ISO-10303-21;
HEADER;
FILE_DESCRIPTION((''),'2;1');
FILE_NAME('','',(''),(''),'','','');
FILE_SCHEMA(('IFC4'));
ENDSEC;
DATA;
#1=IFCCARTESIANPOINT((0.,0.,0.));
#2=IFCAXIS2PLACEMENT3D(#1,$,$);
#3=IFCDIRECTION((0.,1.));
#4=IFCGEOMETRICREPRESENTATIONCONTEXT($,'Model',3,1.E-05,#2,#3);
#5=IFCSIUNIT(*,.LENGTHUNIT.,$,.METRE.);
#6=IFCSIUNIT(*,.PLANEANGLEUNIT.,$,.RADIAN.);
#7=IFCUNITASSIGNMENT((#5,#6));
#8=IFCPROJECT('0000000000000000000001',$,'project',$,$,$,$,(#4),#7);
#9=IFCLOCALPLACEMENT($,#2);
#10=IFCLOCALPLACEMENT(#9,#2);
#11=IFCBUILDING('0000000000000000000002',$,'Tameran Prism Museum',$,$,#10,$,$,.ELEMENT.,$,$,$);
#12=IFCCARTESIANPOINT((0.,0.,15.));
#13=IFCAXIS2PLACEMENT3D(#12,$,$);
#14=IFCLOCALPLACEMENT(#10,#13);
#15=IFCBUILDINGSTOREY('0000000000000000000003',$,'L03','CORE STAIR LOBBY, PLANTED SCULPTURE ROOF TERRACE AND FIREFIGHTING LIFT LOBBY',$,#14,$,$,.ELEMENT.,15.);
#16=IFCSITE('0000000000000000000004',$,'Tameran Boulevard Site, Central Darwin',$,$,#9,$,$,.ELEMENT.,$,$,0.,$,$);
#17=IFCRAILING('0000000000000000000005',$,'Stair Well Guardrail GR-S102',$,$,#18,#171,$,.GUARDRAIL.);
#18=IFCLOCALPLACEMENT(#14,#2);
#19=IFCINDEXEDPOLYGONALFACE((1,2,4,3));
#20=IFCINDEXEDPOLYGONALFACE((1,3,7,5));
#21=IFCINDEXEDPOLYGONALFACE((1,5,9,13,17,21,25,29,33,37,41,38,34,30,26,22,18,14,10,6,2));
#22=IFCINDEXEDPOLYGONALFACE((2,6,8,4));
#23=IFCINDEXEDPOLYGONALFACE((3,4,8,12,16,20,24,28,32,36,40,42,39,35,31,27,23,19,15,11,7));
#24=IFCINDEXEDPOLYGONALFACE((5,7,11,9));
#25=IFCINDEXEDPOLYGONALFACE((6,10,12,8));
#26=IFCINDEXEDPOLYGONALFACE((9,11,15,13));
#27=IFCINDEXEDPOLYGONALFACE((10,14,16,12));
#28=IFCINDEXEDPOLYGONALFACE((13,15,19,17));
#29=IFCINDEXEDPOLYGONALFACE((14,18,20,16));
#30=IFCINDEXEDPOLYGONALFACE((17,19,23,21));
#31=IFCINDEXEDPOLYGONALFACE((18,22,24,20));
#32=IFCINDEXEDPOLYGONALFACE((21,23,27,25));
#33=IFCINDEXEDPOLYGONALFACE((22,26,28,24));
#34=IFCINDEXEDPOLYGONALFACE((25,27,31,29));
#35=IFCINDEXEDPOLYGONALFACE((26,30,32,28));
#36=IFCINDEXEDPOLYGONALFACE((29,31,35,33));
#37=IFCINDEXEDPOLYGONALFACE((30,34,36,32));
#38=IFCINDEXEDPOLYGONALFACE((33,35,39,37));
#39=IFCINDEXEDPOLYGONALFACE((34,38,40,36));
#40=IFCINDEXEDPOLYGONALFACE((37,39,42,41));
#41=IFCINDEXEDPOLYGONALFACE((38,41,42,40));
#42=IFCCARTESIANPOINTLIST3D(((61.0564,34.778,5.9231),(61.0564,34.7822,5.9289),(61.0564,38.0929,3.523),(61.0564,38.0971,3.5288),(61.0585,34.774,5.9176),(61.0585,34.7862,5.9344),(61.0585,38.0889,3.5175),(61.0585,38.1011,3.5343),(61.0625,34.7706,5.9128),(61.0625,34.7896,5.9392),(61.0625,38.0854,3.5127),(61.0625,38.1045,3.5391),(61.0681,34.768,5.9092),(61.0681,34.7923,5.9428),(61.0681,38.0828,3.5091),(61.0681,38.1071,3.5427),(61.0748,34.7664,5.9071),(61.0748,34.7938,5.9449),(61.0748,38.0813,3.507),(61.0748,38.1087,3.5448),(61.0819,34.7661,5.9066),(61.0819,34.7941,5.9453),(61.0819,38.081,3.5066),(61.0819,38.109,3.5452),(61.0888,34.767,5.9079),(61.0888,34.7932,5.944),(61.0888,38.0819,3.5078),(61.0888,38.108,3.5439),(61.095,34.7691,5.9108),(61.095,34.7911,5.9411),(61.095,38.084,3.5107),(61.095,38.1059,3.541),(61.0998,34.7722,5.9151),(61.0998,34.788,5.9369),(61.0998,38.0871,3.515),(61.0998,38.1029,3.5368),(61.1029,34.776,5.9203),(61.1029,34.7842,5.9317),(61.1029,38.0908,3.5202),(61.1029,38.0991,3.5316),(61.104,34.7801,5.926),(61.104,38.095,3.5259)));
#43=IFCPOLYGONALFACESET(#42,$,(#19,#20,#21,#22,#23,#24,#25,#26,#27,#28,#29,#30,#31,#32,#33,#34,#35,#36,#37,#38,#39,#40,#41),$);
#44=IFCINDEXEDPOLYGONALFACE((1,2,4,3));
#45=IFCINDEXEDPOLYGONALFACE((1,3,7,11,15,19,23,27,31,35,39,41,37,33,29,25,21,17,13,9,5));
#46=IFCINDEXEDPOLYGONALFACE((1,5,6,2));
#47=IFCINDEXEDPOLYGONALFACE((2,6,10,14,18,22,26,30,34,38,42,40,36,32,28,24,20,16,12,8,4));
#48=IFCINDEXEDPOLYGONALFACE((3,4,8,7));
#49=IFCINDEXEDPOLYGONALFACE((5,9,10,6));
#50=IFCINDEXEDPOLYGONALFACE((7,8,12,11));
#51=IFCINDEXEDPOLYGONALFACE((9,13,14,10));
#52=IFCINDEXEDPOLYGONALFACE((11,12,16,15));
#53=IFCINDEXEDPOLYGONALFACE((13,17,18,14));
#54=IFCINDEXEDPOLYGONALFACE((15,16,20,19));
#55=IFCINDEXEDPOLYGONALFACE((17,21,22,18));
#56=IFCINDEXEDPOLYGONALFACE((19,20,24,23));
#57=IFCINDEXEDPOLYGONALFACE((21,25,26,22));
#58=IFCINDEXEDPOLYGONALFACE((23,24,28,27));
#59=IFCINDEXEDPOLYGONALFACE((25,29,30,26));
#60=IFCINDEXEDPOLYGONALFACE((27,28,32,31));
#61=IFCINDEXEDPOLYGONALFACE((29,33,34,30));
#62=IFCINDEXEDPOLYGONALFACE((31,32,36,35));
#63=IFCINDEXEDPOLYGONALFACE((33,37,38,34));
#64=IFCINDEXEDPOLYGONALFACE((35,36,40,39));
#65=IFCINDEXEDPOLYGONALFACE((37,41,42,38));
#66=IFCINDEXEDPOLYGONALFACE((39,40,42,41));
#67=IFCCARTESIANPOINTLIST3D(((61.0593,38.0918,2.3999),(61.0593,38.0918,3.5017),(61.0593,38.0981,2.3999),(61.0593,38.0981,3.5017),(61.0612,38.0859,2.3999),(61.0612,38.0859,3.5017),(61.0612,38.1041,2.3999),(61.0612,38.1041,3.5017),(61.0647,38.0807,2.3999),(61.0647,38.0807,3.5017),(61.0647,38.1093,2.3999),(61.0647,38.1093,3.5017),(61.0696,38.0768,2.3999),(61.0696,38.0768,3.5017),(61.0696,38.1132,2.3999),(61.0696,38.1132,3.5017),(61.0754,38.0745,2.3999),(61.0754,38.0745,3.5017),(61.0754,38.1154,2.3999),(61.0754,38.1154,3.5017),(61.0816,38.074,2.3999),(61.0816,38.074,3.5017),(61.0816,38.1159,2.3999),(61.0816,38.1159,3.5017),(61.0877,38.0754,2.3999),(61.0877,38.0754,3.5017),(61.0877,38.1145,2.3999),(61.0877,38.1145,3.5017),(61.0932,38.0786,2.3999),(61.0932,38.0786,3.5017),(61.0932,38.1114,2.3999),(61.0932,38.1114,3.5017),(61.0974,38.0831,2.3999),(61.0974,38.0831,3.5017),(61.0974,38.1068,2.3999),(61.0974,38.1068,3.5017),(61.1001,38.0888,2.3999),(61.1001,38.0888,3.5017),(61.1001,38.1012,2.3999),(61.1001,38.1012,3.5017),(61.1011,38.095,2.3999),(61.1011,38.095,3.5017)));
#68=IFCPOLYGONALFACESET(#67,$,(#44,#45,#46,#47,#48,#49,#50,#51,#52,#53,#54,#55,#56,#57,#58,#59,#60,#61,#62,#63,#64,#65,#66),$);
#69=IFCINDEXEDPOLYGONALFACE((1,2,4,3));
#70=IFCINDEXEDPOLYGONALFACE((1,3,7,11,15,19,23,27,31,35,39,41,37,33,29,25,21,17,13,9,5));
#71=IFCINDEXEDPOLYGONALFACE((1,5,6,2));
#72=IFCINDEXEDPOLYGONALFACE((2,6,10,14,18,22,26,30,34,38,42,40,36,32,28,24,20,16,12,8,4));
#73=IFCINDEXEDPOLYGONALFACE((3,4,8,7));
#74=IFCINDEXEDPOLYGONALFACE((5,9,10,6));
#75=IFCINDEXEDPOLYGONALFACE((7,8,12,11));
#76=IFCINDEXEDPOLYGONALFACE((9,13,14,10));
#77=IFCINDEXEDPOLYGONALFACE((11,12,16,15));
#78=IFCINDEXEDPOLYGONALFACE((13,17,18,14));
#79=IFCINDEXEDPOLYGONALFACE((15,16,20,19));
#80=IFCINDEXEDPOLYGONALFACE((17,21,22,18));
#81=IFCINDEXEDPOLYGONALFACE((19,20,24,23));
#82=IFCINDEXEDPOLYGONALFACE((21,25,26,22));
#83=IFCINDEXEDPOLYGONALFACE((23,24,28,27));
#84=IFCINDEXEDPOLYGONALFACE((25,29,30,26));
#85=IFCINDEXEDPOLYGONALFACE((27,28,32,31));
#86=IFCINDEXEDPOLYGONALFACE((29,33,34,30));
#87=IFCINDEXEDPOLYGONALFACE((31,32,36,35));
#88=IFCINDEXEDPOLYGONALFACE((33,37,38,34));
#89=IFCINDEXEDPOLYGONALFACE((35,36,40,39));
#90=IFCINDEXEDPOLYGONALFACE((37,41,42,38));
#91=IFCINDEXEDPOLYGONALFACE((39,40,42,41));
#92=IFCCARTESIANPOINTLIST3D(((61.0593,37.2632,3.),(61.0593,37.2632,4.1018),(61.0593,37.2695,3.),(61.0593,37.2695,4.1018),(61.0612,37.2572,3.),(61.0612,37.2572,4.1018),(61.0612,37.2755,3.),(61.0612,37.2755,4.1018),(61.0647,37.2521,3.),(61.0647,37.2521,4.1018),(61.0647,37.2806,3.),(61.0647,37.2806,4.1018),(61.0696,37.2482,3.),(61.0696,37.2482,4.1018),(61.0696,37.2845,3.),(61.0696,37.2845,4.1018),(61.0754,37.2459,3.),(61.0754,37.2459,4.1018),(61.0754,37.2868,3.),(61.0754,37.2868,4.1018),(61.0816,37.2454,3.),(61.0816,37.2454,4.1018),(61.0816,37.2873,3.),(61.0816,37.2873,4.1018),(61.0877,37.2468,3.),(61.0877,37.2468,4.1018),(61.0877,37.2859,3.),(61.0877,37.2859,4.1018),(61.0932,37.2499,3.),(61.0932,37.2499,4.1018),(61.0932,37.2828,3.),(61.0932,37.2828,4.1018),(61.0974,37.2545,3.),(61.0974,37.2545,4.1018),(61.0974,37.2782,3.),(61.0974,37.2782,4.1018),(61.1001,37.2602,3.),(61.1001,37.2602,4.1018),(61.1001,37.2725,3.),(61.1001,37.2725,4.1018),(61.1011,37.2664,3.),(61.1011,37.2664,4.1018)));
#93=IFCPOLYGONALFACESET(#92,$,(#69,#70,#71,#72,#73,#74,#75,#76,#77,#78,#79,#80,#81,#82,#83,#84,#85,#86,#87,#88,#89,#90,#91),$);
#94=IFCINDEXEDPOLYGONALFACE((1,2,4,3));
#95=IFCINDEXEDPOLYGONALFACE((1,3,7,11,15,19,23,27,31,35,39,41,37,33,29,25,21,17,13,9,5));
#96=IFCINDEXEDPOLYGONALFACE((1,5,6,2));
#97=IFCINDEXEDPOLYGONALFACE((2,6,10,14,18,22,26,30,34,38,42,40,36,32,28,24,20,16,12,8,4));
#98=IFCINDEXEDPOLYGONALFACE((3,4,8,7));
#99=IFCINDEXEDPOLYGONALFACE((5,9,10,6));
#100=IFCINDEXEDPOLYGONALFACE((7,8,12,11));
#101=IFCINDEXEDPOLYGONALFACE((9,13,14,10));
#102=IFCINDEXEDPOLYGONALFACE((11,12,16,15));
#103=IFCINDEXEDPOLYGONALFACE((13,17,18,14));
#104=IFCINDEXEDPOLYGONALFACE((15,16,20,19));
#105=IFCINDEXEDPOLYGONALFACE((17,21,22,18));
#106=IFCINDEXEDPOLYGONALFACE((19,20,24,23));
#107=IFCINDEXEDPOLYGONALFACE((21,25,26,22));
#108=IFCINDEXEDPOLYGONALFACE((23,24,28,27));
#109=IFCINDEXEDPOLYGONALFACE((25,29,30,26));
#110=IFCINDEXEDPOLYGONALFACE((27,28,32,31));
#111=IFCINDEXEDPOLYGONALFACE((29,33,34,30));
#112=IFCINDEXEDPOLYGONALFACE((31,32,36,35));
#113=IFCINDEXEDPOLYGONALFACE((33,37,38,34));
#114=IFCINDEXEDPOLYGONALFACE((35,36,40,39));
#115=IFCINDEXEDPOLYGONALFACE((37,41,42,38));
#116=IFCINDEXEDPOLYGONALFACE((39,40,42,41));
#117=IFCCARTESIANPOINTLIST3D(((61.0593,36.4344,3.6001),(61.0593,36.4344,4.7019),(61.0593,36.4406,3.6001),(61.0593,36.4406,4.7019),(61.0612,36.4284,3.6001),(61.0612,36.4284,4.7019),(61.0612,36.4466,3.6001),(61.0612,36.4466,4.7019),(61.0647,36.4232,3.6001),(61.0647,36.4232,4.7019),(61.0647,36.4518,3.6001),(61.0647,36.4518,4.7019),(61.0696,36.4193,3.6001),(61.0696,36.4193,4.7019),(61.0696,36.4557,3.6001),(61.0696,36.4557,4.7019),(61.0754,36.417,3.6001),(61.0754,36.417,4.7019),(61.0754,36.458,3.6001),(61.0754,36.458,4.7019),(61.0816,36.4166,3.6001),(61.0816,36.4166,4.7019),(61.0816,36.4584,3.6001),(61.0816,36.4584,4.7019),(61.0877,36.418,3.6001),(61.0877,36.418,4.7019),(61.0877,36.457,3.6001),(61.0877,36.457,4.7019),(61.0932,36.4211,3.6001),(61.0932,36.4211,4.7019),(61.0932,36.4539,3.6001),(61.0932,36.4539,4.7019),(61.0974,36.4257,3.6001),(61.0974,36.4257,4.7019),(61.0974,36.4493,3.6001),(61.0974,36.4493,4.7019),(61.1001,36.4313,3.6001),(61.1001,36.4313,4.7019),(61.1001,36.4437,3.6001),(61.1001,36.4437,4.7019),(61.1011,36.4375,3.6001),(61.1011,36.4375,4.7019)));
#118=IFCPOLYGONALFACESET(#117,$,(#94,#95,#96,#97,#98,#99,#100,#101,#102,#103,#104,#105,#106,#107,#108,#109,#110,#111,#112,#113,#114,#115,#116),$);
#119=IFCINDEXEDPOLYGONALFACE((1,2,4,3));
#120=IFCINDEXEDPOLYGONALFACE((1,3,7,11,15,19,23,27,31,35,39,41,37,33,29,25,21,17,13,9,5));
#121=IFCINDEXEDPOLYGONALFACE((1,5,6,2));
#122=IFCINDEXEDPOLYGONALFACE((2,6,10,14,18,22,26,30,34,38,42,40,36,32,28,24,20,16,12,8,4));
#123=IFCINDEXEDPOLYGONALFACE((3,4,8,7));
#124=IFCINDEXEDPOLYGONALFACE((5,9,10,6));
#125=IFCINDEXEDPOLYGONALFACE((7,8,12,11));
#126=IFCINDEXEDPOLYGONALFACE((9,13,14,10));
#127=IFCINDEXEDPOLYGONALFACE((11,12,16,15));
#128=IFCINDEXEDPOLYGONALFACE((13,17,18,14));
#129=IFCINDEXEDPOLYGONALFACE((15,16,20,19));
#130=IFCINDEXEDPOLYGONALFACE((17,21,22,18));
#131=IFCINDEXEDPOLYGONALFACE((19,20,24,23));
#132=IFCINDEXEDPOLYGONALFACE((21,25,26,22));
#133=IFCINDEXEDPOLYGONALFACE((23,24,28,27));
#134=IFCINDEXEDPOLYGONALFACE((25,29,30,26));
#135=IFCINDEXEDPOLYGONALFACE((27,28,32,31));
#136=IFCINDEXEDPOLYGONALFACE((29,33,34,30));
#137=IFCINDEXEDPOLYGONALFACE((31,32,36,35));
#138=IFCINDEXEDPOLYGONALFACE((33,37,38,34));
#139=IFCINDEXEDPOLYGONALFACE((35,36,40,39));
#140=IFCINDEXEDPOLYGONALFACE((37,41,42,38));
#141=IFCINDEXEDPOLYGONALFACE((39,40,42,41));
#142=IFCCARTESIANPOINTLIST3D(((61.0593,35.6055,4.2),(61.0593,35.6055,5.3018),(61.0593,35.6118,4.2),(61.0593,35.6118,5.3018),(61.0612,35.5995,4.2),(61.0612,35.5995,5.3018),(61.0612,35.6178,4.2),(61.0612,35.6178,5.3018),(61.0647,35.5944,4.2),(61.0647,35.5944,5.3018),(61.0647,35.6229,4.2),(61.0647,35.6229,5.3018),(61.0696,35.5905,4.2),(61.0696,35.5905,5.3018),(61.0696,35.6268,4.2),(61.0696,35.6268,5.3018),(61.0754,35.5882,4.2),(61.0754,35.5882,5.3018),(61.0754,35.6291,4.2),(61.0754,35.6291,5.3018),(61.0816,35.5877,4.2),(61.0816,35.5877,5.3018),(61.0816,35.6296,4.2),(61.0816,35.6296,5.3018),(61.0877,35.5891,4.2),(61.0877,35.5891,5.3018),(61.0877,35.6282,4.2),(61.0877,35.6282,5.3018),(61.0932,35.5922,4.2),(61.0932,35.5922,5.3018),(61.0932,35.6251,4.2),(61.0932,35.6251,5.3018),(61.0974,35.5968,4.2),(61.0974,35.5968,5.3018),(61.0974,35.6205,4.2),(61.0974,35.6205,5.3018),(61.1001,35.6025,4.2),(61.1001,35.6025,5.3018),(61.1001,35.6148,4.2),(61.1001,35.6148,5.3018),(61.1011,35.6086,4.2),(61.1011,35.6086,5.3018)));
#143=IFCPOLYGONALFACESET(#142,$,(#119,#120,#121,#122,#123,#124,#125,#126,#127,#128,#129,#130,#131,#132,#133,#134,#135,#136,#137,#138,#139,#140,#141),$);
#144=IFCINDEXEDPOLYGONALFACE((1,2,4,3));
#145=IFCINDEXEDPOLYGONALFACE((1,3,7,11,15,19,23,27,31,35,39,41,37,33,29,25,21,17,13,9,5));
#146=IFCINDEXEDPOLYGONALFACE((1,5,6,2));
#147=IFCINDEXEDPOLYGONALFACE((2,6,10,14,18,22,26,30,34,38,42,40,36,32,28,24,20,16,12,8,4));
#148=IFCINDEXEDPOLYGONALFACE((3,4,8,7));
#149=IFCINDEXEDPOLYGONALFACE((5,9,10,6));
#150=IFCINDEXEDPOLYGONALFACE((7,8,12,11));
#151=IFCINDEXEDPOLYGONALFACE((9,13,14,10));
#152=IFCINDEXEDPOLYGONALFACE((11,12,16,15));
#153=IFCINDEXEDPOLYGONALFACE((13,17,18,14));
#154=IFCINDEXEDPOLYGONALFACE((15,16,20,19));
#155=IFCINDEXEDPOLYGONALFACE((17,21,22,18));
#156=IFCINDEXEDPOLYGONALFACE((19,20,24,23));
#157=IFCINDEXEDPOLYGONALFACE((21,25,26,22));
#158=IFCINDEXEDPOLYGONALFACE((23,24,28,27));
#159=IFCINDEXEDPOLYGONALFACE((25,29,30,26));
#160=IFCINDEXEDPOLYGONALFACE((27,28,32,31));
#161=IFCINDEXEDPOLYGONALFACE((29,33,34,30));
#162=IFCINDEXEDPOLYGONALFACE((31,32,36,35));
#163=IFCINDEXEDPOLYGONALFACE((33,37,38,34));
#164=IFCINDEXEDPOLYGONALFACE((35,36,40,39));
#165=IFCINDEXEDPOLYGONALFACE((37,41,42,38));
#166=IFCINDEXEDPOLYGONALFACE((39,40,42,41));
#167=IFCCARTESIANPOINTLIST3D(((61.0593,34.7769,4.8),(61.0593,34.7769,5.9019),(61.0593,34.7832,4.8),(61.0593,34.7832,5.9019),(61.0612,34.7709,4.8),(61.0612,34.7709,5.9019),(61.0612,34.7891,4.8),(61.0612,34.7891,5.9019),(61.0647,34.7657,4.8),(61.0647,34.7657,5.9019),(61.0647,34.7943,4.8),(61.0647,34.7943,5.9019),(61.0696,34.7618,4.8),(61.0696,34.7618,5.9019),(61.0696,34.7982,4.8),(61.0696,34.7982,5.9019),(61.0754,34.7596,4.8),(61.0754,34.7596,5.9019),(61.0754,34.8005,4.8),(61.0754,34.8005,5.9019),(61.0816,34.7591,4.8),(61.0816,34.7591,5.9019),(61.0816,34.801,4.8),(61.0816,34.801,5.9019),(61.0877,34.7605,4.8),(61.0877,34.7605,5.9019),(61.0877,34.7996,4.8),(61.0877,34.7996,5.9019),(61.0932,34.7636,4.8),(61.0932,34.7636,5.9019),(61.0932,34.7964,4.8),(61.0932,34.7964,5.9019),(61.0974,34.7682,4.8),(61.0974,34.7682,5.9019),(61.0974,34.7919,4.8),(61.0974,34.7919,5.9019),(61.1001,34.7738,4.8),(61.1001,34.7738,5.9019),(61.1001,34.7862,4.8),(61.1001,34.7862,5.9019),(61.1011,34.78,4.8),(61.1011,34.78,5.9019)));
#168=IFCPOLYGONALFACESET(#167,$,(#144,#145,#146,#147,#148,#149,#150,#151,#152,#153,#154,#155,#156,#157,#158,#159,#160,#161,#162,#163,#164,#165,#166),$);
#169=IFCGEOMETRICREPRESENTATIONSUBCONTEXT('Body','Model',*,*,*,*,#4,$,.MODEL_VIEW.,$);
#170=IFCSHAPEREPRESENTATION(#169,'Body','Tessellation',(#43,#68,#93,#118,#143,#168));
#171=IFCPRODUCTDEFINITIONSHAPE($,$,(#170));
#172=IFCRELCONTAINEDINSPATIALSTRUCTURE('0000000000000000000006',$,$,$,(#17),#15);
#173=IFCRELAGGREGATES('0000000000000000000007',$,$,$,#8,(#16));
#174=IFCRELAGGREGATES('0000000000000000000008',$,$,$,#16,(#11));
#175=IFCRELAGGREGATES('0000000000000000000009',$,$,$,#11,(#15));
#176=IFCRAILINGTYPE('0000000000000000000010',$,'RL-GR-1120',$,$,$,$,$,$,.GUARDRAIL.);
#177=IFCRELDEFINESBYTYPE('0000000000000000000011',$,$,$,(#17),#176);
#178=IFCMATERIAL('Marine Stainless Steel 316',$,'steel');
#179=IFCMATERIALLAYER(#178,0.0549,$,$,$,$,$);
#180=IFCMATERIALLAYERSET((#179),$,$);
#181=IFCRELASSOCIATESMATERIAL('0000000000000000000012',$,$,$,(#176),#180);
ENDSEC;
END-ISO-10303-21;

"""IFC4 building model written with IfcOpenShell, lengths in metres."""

from ifc_helpers import new_model, si_unit, direction, frame, origin, origin_2d, place, context, subcontext, project, spatial, circle, extrude, material, layer, layer_set, type_object, element, save


model = new_model("IFC4")

# Units and contexts
model_context = context("Model", 3, precision=1e-05, world=origin(), true_north=direction((0.0, 1.0)))
body_context = subcontext(model_context, "Body", "Model", "MODEL_VIEW")
ifc_project = project(units=[si_unit("LENGTHUNIT", "METRE"), si_unit("PLANEANGLEUNIT", "RADIAN")], contexts=[model_context])

# Site, building, storey
site_placement = place(None, origin())
site = spatial("IfcSite", under=ifc_project, at=site_placement, Name="Tameran Boulevard Site, Central Darwin", CompositionType="ELEMENT", RefElevation=0.0)
building_placement = place(site_placement, origin())
building = spatial("IfcBuilding", under=site, at=building_placement, Name="Tameran Prism Museum", CompositionType="ELEMENT")
storey_placement = place(building_placement, frame((0.0, 0.0, 15.0)))
storey = spatial("IfcBuildingStorey", under=building, at=storey_placement, Name="L03", Description="CORE STAIR LOBBY, PLANTED SCULPTURE ROOF TERRACE AND FIREFIGHTING LIFT LOBBY", CompositionType="ELEMENT", Elevation=15.0)

# Railing
ifc_material_1 = material(Name="Marine Stainless Steel 316", Category="steel")
ifc_layer_1 = layer(ifc_material_1, 0.0549)
ifc_layer_set_1 = layer_set([ifc_layer_1])
railing_type_1 = type_object("IfcRailingType", Name="RL-GR-1120", PredefinedType="GUARDRAIL", material=ifc_layer_set_1)
railing_1_placement = place(storey_placement, frame((61.0801, 38.095, 2.3999)))
element("IfcRailing", 1, at=railing_1_placement, inside=storey, type_object=railing_type_1, Name="Stair Well Guardrail GR-S102", PredefinedType="GUARDRAIL", context=body_context, shape_type="SweptSolid", body=[
    extrude(circle(Radius=0.0239, at=origin_2d()), frame((0.0, 0.0, 1.126), z_axis=(0.0, -0.80998, 0.586457), x_axis=(1.0, 0.0, 0.0)), (0.0, 0.0, 1.0), 4.0925),
    extrude(circle(Radius=0.021, at=origin_2d()), origin(), (0.0, 0.0, 1.0), 1.1018),
    extrude(circle(Radius=0.021, at=origin_2d()), frame((0.0, -0.8286, 0.6001)), (0.0, 0.0, 1.0), 1.1018),
    extrude(circle(Radius=0.021, at=origin_2d()), frame((0.0, -1.6575, 1.2002)), (0.0, 0.0, 1.0), 1.1018),
    extrude(circle(Radius=0.021, at=origin_2d()), frame((0.0, -2.4863, 1.8)), (0.0, 0.0, 1.0), 1.1018),
    extrude(circle(Radius=0.021, at=origin_2d()), frame((0.0, -3.3149, 2.4001)), (0.0, 0.0, 1.0), 1.1018),
])

save(model, "model.ifc")
